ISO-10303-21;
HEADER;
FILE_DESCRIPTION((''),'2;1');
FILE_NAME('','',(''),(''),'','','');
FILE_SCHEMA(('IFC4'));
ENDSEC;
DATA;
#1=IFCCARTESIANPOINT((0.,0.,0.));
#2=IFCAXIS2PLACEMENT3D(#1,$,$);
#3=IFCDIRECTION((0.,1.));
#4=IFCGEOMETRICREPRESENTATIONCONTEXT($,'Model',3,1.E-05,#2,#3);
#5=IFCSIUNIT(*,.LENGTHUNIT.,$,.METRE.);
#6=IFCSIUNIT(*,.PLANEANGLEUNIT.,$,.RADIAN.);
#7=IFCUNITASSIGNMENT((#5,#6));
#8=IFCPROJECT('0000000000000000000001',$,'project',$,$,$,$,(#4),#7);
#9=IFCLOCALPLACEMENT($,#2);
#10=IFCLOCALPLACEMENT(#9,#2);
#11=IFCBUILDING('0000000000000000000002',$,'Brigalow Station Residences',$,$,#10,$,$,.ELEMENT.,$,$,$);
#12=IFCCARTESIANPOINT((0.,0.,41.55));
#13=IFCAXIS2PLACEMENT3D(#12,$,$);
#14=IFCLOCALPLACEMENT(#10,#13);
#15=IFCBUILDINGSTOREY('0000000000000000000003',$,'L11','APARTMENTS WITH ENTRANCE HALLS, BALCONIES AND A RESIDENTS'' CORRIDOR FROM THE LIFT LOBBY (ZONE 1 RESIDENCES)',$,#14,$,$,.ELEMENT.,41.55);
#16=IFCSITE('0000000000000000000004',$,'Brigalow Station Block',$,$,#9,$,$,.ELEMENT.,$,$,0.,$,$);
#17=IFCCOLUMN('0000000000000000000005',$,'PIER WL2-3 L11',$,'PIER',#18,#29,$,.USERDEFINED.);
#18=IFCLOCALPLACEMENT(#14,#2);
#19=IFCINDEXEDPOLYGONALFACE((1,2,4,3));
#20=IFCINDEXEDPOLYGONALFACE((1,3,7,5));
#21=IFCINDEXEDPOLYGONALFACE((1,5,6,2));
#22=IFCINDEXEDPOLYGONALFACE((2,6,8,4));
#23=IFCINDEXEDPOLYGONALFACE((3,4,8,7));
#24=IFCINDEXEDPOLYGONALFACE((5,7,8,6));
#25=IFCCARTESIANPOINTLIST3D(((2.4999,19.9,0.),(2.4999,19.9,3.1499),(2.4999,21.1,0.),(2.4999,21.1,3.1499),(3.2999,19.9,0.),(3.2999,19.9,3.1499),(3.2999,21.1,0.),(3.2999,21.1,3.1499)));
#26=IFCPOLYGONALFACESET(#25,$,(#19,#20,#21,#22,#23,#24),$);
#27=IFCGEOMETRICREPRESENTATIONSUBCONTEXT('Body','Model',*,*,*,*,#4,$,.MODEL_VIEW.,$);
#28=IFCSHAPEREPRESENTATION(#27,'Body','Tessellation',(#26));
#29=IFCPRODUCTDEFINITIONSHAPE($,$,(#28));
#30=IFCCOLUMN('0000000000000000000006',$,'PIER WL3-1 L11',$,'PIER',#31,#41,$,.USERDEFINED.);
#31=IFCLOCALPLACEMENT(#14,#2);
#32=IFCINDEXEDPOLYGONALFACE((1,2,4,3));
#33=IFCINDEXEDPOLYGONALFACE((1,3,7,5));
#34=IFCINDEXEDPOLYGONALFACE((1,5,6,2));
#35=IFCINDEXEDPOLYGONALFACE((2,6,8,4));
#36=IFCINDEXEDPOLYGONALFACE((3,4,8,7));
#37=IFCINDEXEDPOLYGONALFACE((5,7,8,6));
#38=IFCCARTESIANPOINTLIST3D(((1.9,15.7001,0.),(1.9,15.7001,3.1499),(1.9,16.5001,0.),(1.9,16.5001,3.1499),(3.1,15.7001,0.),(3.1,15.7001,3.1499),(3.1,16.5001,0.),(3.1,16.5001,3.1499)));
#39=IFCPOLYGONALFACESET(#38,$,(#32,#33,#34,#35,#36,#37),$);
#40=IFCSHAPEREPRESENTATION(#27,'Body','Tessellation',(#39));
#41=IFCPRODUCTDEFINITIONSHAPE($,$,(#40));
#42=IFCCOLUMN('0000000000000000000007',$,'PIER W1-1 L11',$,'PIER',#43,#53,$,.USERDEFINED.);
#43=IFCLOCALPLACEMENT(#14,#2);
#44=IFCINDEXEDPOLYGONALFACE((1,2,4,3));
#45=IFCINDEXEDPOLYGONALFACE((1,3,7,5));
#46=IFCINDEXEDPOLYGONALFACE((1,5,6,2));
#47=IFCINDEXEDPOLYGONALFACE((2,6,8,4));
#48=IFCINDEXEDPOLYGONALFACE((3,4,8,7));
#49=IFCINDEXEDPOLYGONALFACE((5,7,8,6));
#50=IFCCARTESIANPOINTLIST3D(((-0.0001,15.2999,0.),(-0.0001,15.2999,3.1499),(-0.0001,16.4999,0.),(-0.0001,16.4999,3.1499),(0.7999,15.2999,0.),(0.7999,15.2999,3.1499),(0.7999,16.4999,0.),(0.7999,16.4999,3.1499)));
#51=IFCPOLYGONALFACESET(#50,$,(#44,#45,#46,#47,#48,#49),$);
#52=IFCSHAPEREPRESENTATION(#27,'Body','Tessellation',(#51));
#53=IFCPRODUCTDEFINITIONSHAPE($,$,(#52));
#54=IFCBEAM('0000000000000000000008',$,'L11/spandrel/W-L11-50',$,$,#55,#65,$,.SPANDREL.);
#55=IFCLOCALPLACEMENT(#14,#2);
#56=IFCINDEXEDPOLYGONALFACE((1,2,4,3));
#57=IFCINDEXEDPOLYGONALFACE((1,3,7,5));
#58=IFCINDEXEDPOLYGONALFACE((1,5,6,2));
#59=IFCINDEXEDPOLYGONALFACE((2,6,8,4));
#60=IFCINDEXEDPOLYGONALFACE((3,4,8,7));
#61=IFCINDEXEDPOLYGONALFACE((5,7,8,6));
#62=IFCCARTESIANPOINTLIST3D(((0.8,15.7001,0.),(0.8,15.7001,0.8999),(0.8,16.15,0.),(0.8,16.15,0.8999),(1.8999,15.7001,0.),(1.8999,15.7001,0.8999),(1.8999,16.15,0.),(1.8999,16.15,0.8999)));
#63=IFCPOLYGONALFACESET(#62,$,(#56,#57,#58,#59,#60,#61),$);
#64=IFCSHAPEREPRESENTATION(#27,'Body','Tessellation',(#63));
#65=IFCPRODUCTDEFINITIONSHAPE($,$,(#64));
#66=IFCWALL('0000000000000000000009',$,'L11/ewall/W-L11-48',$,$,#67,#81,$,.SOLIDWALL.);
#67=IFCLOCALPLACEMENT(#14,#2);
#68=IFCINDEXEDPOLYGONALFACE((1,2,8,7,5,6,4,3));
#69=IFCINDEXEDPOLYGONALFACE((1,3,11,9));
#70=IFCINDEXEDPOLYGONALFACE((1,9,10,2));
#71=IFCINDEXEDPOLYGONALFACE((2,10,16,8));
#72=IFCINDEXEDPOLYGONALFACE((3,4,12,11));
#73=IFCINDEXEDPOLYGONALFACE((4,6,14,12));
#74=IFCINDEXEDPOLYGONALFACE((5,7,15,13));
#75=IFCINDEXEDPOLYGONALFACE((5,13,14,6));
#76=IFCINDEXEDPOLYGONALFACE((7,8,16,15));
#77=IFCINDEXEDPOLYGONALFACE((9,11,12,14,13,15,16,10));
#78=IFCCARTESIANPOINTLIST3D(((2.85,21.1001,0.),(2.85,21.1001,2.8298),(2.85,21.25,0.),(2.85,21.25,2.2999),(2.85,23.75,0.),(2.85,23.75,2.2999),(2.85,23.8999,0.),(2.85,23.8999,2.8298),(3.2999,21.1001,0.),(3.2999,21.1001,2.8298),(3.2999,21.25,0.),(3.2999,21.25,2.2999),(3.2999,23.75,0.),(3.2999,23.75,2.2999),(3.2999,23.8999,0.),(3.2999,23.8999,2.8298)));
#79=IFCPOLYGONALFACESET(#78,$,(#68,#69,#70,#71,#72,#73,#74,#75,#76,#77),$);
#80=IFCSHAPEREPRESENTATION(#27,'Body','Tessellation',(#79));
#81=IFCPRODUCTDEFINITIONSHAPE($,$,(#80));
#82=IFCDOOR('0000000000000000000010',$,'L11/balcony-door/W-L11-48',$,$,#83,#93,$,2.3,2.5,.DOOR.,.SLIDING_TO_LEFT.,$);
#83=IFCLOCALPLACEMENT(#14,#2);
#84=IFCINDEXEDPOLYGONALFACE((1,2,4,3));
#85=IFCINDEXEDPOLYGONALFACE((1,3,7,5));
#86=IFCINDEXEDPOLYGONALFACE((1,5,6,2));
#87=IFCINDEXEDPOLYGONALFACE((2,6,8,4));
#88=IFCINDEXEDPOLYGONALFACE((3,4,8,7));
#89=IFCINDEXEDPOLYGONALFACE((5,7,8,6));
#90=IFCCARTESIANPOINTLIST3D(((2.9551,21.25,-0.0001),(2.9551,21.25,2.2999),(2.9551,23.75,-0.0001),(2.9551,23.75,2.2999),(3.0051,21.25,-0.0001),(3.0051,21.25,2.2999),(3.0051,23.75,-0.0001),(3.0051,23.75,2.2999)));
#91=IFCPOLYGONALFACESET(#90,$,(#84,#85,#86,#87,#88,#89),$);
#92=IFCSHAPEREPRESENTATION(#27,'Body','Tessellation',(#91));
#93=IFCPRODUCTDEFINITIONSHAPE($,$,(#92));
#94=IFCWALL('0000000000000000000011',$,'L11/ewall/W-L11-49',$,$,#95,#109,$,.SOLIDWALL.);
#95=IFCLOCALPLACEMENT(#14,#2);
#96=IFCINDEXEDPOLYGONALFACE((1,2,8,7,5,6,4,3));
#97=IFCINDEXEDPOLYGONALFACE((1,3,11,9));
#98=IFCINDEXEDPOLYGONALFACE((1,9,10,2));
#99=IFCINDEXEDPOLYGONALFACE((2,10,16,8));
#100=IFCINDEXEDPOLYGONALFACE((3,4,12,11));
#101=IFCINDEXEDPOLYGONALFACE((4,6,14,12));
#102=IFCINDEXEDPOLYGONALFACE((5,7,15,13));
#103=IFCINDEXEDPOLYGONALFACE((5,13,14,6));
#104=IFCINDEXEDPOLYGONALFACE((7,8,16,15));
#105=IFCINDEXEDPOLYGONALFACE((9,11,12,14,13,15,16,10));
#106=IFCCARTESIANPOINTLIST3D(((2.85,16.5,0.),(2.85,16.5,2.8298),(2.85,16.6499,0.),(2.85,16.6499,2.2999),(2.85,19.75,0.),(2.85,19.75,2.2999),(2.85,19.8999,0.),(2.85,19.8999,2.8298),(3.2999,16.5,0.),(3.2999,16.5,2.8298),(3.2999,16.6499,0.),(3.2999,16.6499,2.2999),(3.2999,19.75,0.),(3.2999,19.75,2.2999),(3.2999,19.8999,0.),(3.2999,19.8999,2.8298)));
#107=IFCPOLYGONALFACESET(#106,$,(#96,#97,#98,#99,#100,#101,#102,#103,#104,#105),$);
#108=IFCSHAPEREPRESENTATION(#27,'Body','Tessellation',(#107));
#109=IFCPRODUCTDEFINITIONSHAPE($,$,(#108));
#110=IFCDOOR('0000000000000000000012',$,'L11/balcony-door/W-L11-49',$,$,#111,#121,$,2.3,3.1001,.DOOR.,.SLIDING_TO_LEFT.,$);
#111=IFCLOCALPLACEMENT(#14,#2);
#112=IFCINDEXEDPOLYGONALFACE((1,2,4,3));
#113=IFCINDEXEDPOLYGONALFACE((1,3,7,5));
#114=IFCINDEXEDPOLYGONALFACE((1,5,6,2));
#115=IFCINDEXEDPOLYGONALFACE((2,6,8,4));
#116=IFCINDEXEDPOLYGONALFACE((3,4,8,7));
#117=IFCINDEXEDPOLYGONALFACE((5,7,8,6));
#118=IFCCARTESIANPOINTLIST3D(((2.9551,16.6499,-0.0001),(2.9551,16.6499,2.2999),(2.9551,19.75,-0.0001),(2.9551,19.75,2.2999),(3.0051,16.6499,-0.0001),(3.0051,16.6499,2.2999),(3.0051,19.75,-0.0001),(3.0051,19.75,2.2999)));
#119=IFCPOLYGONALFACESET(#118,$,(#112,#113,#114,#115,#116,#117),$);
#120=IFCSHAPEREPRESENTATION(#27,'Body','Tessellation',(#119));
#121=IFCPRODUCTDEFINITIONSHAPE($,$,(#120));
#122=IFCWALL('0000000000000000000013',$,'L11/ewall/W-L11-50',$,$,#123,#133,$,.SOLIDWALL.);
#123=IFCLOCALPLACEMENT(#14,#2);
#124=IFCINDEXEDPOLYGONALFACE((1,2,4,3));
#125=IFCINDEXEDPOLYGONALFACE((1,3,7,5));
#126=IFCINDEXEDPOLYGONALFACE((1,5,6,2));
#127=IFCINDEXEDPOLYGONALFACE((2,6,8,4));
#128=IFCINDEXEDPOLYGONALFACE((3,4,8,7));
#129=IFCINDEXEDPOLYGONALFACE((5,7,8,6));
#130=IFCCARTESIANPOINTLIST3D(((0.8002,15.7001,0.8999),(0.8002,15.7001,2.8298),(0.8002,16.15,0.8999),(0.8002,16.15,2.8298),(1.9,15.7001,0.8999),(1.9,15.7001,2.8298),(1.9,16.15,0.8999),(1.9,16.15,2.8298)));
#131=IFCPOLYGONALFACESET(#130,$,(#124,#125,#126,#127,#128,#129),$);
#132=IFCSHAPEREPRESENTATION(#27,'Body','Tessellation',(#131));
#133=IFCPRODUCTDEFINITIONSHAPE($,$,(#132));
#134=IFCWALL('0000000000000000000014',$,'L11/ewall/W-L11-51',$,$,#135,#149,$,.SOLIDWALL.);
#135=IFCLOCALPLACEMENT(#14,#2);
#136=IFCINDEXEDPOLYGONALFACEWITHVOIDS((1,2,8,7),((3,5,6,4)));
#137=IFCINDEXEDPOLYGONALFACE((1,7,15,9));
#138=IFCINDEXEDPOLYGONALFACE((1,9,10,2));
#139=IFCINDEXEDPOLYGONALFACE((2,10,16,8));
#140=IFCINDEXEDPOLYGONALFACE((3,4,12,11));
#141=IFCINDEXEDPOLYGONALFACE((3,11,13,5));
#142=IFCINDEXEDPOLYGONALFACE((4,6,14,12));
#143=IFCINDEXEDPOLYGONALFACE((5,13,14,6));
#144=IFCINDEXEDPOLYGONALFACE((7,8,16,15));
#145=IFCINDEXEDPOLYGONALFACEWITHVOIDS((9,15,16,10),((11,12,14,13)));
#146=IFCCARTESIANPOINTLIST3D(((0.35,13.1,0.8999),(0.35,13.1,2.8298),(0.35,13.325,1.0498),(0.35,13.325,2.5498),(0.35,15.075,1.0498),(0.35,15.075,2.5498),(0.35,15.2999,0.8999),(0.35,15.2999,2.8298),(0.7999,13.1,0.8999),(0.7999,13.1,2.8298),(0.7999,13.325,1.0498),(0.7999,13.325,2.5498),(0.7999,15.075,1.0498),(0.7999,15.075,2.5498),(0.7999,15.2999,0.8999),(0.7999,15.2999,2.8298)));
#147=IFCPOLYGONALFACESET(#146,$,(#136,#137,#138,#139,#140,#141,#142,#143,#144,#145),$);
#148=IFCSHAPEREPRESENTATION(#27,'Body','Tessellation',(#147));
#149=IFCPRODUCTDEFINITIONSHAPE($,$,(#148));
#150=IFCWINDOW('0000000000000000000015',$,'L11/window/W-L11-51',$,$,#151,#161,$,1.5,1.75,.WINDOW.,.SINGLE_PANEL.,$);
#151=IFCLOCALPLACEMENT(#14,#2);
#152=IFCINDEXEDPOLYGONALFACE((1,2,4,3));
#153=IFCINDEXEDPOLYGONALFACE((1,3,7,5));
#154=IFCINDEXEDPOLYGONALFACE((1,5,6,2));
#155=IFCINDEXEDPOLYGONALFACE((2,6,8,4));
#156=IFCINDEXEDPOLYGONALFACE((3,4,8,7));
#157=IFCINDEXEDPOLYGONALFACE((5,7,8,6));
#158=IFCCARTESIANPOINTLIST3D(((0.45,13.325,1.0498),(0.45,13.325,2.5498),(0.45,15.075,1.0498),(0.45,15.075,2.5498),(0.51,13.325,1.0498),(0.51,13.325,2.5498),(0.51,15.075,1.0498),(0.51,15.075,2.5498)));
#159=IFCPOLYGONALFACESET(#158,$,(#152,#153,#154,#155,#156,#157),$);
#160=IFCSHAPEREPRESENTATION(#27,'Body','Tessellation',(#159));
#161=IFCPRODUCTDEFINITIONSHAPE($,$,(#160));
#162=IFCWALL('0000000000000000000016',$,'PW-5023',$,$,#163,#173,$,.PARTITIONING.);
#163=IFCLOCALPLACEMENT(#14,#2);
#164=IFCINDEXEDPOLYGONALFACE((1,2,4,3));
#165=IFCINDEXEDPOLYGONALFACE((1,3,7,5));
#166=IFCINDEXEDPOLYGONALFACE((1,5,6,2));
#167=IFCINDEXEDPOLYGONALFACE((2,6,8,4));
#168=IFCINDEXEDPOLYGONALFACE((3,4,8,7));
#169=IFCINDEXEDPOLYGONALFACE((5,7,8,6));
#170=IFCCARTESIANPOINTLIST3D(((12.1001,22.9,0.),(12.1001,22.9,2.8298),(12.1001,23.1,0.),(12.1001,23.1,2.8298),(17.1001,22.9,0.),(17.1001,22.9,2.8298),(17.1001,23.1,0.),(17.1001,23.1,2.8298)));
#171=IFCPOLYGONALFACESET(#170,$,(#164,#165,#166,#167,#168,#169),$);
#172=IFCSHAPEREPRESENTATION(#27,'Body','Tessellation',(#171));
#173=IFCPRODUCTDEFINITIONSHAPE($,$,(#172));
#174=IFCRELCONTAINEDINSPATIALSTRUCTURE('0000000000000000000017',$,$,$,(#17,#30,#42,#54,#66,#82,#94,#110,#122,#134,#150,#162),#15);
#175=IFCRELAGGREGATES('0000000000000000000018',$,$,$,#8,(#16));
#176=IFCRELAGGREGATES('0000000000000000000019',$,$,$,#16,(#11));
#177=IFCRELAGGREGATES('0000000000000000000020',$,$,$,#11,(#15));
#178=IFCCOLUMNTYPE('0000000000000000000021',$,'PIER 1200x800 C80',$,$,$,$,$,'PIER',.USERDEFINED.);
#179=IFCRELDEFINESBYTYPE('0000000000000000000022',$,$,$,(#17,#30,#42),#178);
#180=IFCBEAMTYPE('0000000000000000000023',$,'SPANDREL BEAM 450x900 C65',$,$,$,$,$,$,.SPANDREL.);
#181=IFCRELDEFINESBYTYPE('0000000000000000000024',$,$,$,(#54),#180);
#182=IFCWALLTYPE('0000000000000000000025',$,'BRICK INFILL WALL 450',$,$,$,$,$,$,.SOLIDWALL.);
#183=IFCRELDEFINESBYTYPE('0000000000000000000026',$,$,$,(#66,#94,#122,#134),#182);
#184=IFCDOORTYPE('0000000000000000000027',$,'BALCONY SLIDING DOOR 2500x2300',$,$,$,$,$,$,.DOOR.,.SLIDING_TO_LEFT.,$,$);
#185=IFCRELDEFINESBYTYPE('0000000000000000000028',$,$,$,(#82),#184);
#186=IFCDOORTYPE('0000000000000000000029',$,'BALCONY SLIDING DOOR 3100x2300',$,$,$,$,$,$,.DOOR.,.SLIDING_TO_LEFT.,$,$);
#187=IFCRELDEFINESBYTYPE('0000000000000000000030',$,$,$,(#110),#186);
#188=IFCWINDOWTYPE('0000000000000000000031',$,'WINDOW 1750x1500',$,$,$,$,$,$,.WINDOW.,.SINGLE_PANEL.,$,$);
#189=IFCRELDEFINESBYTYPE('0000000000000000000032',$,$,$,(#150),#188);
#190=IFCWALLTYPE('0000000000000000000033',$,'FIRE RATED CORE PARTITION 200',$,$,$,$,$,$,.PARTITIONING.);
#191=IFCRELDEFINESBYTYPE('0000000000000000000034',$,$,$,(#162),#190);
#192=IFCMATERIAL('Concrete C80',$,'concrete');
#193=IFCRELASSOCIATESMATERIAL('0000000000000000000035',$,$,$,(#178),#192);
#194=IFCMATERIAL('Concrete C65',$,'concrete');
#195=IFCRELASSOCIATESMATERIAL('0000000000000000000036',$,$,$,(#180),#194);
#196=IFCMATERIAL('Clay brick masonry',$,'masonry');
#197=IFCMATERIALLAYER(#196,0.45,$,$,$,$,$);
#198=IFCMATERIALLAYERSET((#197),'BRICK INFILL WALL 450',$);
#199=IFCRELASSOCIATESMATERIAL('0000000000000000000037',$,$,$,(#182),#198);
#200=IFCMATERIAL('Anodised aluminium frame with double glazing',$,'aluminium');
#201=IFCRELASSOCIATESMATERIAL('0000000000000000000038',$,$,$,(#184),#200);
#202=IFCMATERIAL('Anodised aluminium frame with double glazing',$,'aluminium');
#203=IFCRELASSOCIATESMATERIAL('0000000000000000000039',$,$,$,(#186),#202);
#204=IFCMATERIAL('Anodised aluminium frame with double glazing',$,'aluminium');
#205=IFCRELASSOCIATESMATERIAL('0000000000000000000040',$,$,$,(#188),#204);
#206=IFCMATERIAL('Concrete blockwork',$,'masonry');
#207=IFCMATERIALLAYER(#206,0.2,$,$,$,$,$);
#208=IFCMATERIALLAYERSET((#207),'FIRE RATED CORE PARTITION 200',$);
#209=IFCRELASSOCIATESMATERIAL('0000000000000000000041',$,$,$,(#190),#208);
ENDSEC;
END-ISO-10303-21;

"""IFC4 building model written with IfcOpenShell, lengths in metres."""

from ifc_helpers import new_model, si_unit, direction, frame, frame_2d, origin, origin_2d, place, context, subcontext, project, spatial, rectangle, extrude, material, layer, layer_set, material_profile, profile_set, type_object, element, fill, save


model = new_model("IFC4")

# Units and contexts
model_context = context("Model", 3, precision=1e-05, world=origin(), true_north=direction((0.0, 1.0)))
body_context = subcontext(model_context, "Body", "Model", "MODEL_VIEW")
ifc_project = project(units=[si_unit("LENGTHUNIT", "METRE"), si_unit("PLANEANGLEUNIT", "RADIAN")], contexts=[model_context])

# Site, building, storey
site_placement = place(None, origin())
site = spatial("IfcSite", under=ifc_project, at=site_placement, Name="Brigalow Station Block", CompositionType="ELEMENT", RefElevation=0.0)
building_placement = place(site_placement, origin())
building = spatial("IfcBuilding", under=site, at=building_placement, Name="Brigalow Station Residences", CompositionType="ELEMENT")
storey_placement = place(building_placement, frame((0.0, 0.0, 41.55)))
storey = spatial("IfcBuildingStorey", under=building, at=storey_placement, Name="L11", Description="APARTMENTS WITH ENTRANCE HALLS, BALCONIES AND A RESIDENTS' CORRIDOR FROM THE LIFT LOBBY (ZONE 1 RESIDENCES)", CompositionType="ELEMENT", Elevation=41.55)

# Columns
ifc_material_1 = material(Name="Concrete C80", Category="concrete")
ifc_material_profile_1 = material_profile(ifc_material_1, rectangle(XDim=1.2, YDim=0.8, at=origin_2d()), Name="RC1200x800")
ifc_profile_set_1 = profile_set([ifc_material_profile_1], Name="Concrete C80")
column_type = type_object("IfcColumnType", Name="PIER 1200x800 C80", ElementType="PIER", PredefinedType="USERDEFINED", material=ifc_profile_set_1)
for number, where, z_axis, x_axis, name in (
    (1, (2.8999, 20.5, 0.0), (0.0, 0.0, 1.0), (0.0, -1.0, 0.0), "PIER WL2-3 L11"),
    (2, (2.5, 16.1001, 0.0), (0.0, 0.0, 1.0), (-1.0, 0.0, 0.0), "PIER WL3-1 L11"),
    (3, (0.3999, 15.8999, 0.0), (0.0, 0.0, 1.0), (0.0, -1.0, 0.0), "PIER W1-1 L11"),
):
    element("IfcColumn", number, at=place(storey_placement, frame(where, z_axis=z_axis, x_axis=x_axis)), inside=storey, type_object=column_type, Name=name, ObjectType="PIER", PredefinedType="USERDEFINED", context=body_context, shape_type="SweptSolid", body=[
        extrude(rectangle(XDim=1.2, YDim=0.8, at=origin_2d()), origin(), (0.0, 0.0, 1.0), 3.1499),
    ])

# Beam
ifc_material_2 = material(Name="Concrete C65", Category="concrete")
ifc_material_profile_2 = material_profile(ifc_material_2, rectangle(XDim=0.45, YDim=0.8999, at=origin_2d()), Name="RC450x900")
ifc_profile_set_2 = profile_set([ifc_material_profile_2], Name="Concrete C65")
beam_type = type_object("IfcBeamType", Name="SPANDREL BEAM 450x900 C65", PredefinedType="SPANDREL", material=ifc_profile_set_2)
beam_placement = place(storey_placement, frame((1.8999, 15.925, 0.45), z_axis=(-1.0, 0.0, 0.0), x_axis=(0.0, -1.0, 0.0)))
element("IfcBeam", 4, at=beam_placement, inside=storey, type_object=beam_type, Name="L11/spandrel/W-L11-50", PredefinedType="SPANDREL", context=body_context, shape_type="SweptSolid", body=[
    extrude(rectangle(XDim=0.45, YDim=0.8999, at=origin_2d()), origin(), (0.0, 0.0, 1.0), 1.0999),
])

# Walls, openings, doors
ifc_material_3 = material(Name="Clay brick masonry", Category="masonry")
ifc_layer_1 = layer(ifc_material_3, 0.45)
ifc_layer_set_1 = layer_set([ifc_layer_1], Name="BRICK INFILL WALL 450")
wall_type_1 = type_object("IfcWallType", Name="BRICK INFILL WALL 450", PredefinedType="SOLIDWALL", material=ifc_layer_set_1)
wall_1_placement = place(storey_placement, frame((3.075, 23.8999, 0.0), z_axis=(0.0, 0.0, 1.0), x_axis=(0.0, -1.0, 0.0)))
wall_1 = element("IfcWall", 5, at=wall_1_placement, inside=storey, type_object=wall_type_1, Name="L11/ewall/W-L11-48", PredefinedType="SOLIDWALL", context=body_context, shape_type="SweptSolid", body=[
    extrude(rectangle(XDim=2.7998, YDim=0.45, at=frame_2d((1.3999, 0.0))), origin(), (0.0, 0.0, 1.0), 2.8298),
])
opening_1_placement = place(wall_1_placement, frame((0.1499, 0.0, 0.0)))
opening_1 = element("IfcOpeningElement", 6, at=opening_1_placement, cuts=wall_1, PredefinedType="OPENING", context=body_context, shape_type="SweptSolid", body=[
    extrude(rectangle(XDim=2.5, YDim=2.3, at=frame_2d((1.25, 1.1499))), frame((0.0, 0.2349, 0.0), z_axis=(0.0, -1.0, 0.0), x_axis=(1.0, 0.0, 0.0)), (0.0, 0.0, 1.0), 0.47),
])
ifc_material_4 = material(Name="Anodised aluminium frame with double glazing", Category="aluminium")
door_type_1 = type_object("IfcDoorType", Name="BALCONY SLIDING DOOR 2500x2300", OperationType="SLIDING_TO_LEFT", PredefinedType="DOOR", material=ifc_material_4)
door_1_placement = place(opening_1_placement, origin())
door_1 = element("IfcDoor", 7, at=door_1_placement, inside=storey, type_object=door_type_1, Name="L11/balcony-door/W-L11-48", OperationType="SLIDING_TO_LEFT", OverallHeight=2.3, OverallWidth=2.5, PredefinedType="DOOR", context=body_context, shape_type="SweptSolid", body=[
    extrude(rectangle(XDim=2.5, YDim=2.3, at=frame_2d((1.25, 1.1499))), frame((0.0, -0.0698, 0.0), z_axis=(0.0, -1.0, 0.0), x_axis=(1.0, 0.0, 0.0)), (0.0, 0.0, 1.0), 0.05),
])
fill(opening_1, door_1)
wall_2_placement = place(storey_placement, frame((3.075, 19.8999, 0.0), z_axis=(0.0, 0.0, 1.0), x_axis=(0.0, -1.0, 0.0)))
wall_2 = element("IfcWall", 8, at=wall_2_placement, inside=storey, type_object=wall_type_1, Name="L11/ewall/W-L11-49", PredefinedType="SOLIDWALL", context=body_context, shape_type="SweptSolid", body=[
    extrude(rectangle(XDim=3.3999, YDim=0.45, at=frame_2d((1.7, 0.0))), origin(), (0.0, 0.0, 1.0), 2.8298),
])
opening_2_placement = place(wall_2_placement, frame((0.1499, 0.0, 0.0)))
opening_2 = element("IfcOpeningElement", 9, at=opening_2_placement, cuts=wall_2, PredefinedType="OPENING", context=body_context, shape_type="SweptSolid", body=[
    extrude(rectangle(XDim=3.1001, YDim=2.3, at=frame_2d((1.55, 1.1499))), frame((0.0, 0.2349, 0.0), z_axis=(0.0, -1.0, 0.0), x_axis=(1.0, 0.0, 0.0)), (0.0, 0.0, 1.0), 0.47),
])
ifc_material_5 = material(Name="Anodised aluminium frame with double glazing", Category="aluminium")
door_type_2 = type_object("IfcDoorType", Name="BALCONY SLIDING DOOR 3100x2300", OperationType="SLIDING_TO_LEFT", PredefinedType="DOOR", material=ifc_material_5)
door_2_placement = place(opening_2_placement, origin())
door_2 = element("IfcDoor", 10, at=door_2_placement, inside=storey, type_object=door_type_2, Name="L11/balcony-door/W-L11-49", OperationType="SLIDING_TO_LEFT", OverallHeight=2.3, OverallWidth=3.1001, PredefinedType="DOOR", context=body_context, shape_type="SweptSolid", body=[
    extrude(rectangle(XDim=3.1001, YDim=2.3, at=frame_2d((1.55, 1.1499))), frame((0.0, -0.0698, 0.0), z_axis=(0.0, -1.0, 0.0), x_axis=(1.0, 0.0, 0.0)), (0.0, 0.0, 1.0), 0.05),
])
fill(opening_2, door_2)

# Wall
wall_3_placement = place(storey_placement, frame((1.8999, 15.925, 0.8999), z_axis=(0.0, 0.0, 1.0), x_axis=(-1.0, 0.0, 0.0)))
element("IfcWall", 11, at=wall_3_placement, inside=storey, type_object=wall_type_1, Name="L11/ewall/W-L11-50", PredefinedType="SOLIDWALL", context=body_context, shape_type="SweptSolid", body=[
    extrude(rectangle(XDim=1.0999, YDim=0.45, at=frame_2d((0.5498, 0.0))), origin(), (0.0, 0.0, 1.0), 1.9299),
])

# Wall, opening, window
wall_4_placement = place(storey_placement, frame((0.575, 15.3, 0.8999), z_axis=(0.0, 0.0, 1.0), x_axis=(0.0, -1.0, 0.0)))
wall_4 = element("IfcWall", 12, at=wall_4_placement, inside=storey, type_object=wall_type_1, Name="L11/ewall/W-L11-51", PredefinedType="SOLIDWALL", context=body_context, shape_type="SweptSolid", body=[
    extrude(rectangle(XDim=2.2, YDim=0.45, at=frame_2d((1.1001, 0.0))), origin(), (0.0, 0.0, 1.0), 1.9299),
])
opening_3_placement = place(wall_4_placement, frame((0.2251, 0.0, 0.1499)))
opening_3 = element("IfcOpeningElement", 13, at=opening_3_placement, cuts=wall_4, PredefinedType="OPENING", context=body_context, shape_type="SweptSolid", body=[
    extrude(rectangle(XDim=1.75, YDim=1.5, at=frame_2d((0.875, 0.75))), frame((0.0, 0.2349, 0.0), z_axis=(0.0, -1.0, 0.0), x_axis=(1.0, 0.0, 0.0)), (0.0, 0.0, 1.0), 0.47),
])
ifc_material_6 = material(Name="Anodised aluminium frame with double glazing", Category="aluminium")
window_type = type_object("IfcWindowType", Name="WINDOW 1750x1500", PartitioningType="SINGLE_PANEL", PredefinedType="WINDOW", material=ifc_material_6)
window_placement = place(opening_3_placement, origin())
window = element("IfcWindow", 14, at=window_placement, inside=storey, type_object=window_type, Name="L11/window/W-L11-51", OverallHeight=1.5, OverallWidth=1.75, PartitioningType="SINGLE_PANEL", PredefinedType="WINDOW", context=body_context, shape_type="SweptSolid", body=[
    extrude(rectangle(XDim=1.75, YDim=1.5, at=frame_2d((0.875, 0.75))), frame((0.0, -0.0649, 0.0), z_axis=(0.0, -1.0, 0.0), x_axis=(1.0, 0.0, 0.0)), (0.0, 0.0, 1.0), 0.0601),
])
fill(opening_3, window)

# Wall
ifc_material_7 = material(Name="Concrete blockwork", Category="masonry")
ifc_layer_2 = layer(ifc_material_7, 0.2)
ifc_layer_set_2 = layer_set([ifc_layer_2], Name="FIRE RATED CORE PARTITION 200")
wall_type_2 = type_object("IfcWallType", Name="FIRE RATED CORE PARTITION 200", PredefinedType="PARTITIONING", material=ifc_layer_set_2)
wall_5_placement = place(storey_placement, frame((12.1001, 23.0, 0.0), z_axis=(0.0, 0.0, 1.0), x_axis=(1.0, 0.0, 0.0)))
element("IfcWall", 15, at=wall_5_placement, inside=storey, type_object=wall_type_2, Name="PW-5023", PredefinedType="PARTITIONING", context=body_context, shape_type="SweptSolid", body=[
    extrude(rectangle(XDim=5.0, YDim=0.2, at=frame_2d((2.5, 0.0))), origin(), (0.0, 0.0, 1.0), 2.8298),
])

save(model, "model.ifc")
